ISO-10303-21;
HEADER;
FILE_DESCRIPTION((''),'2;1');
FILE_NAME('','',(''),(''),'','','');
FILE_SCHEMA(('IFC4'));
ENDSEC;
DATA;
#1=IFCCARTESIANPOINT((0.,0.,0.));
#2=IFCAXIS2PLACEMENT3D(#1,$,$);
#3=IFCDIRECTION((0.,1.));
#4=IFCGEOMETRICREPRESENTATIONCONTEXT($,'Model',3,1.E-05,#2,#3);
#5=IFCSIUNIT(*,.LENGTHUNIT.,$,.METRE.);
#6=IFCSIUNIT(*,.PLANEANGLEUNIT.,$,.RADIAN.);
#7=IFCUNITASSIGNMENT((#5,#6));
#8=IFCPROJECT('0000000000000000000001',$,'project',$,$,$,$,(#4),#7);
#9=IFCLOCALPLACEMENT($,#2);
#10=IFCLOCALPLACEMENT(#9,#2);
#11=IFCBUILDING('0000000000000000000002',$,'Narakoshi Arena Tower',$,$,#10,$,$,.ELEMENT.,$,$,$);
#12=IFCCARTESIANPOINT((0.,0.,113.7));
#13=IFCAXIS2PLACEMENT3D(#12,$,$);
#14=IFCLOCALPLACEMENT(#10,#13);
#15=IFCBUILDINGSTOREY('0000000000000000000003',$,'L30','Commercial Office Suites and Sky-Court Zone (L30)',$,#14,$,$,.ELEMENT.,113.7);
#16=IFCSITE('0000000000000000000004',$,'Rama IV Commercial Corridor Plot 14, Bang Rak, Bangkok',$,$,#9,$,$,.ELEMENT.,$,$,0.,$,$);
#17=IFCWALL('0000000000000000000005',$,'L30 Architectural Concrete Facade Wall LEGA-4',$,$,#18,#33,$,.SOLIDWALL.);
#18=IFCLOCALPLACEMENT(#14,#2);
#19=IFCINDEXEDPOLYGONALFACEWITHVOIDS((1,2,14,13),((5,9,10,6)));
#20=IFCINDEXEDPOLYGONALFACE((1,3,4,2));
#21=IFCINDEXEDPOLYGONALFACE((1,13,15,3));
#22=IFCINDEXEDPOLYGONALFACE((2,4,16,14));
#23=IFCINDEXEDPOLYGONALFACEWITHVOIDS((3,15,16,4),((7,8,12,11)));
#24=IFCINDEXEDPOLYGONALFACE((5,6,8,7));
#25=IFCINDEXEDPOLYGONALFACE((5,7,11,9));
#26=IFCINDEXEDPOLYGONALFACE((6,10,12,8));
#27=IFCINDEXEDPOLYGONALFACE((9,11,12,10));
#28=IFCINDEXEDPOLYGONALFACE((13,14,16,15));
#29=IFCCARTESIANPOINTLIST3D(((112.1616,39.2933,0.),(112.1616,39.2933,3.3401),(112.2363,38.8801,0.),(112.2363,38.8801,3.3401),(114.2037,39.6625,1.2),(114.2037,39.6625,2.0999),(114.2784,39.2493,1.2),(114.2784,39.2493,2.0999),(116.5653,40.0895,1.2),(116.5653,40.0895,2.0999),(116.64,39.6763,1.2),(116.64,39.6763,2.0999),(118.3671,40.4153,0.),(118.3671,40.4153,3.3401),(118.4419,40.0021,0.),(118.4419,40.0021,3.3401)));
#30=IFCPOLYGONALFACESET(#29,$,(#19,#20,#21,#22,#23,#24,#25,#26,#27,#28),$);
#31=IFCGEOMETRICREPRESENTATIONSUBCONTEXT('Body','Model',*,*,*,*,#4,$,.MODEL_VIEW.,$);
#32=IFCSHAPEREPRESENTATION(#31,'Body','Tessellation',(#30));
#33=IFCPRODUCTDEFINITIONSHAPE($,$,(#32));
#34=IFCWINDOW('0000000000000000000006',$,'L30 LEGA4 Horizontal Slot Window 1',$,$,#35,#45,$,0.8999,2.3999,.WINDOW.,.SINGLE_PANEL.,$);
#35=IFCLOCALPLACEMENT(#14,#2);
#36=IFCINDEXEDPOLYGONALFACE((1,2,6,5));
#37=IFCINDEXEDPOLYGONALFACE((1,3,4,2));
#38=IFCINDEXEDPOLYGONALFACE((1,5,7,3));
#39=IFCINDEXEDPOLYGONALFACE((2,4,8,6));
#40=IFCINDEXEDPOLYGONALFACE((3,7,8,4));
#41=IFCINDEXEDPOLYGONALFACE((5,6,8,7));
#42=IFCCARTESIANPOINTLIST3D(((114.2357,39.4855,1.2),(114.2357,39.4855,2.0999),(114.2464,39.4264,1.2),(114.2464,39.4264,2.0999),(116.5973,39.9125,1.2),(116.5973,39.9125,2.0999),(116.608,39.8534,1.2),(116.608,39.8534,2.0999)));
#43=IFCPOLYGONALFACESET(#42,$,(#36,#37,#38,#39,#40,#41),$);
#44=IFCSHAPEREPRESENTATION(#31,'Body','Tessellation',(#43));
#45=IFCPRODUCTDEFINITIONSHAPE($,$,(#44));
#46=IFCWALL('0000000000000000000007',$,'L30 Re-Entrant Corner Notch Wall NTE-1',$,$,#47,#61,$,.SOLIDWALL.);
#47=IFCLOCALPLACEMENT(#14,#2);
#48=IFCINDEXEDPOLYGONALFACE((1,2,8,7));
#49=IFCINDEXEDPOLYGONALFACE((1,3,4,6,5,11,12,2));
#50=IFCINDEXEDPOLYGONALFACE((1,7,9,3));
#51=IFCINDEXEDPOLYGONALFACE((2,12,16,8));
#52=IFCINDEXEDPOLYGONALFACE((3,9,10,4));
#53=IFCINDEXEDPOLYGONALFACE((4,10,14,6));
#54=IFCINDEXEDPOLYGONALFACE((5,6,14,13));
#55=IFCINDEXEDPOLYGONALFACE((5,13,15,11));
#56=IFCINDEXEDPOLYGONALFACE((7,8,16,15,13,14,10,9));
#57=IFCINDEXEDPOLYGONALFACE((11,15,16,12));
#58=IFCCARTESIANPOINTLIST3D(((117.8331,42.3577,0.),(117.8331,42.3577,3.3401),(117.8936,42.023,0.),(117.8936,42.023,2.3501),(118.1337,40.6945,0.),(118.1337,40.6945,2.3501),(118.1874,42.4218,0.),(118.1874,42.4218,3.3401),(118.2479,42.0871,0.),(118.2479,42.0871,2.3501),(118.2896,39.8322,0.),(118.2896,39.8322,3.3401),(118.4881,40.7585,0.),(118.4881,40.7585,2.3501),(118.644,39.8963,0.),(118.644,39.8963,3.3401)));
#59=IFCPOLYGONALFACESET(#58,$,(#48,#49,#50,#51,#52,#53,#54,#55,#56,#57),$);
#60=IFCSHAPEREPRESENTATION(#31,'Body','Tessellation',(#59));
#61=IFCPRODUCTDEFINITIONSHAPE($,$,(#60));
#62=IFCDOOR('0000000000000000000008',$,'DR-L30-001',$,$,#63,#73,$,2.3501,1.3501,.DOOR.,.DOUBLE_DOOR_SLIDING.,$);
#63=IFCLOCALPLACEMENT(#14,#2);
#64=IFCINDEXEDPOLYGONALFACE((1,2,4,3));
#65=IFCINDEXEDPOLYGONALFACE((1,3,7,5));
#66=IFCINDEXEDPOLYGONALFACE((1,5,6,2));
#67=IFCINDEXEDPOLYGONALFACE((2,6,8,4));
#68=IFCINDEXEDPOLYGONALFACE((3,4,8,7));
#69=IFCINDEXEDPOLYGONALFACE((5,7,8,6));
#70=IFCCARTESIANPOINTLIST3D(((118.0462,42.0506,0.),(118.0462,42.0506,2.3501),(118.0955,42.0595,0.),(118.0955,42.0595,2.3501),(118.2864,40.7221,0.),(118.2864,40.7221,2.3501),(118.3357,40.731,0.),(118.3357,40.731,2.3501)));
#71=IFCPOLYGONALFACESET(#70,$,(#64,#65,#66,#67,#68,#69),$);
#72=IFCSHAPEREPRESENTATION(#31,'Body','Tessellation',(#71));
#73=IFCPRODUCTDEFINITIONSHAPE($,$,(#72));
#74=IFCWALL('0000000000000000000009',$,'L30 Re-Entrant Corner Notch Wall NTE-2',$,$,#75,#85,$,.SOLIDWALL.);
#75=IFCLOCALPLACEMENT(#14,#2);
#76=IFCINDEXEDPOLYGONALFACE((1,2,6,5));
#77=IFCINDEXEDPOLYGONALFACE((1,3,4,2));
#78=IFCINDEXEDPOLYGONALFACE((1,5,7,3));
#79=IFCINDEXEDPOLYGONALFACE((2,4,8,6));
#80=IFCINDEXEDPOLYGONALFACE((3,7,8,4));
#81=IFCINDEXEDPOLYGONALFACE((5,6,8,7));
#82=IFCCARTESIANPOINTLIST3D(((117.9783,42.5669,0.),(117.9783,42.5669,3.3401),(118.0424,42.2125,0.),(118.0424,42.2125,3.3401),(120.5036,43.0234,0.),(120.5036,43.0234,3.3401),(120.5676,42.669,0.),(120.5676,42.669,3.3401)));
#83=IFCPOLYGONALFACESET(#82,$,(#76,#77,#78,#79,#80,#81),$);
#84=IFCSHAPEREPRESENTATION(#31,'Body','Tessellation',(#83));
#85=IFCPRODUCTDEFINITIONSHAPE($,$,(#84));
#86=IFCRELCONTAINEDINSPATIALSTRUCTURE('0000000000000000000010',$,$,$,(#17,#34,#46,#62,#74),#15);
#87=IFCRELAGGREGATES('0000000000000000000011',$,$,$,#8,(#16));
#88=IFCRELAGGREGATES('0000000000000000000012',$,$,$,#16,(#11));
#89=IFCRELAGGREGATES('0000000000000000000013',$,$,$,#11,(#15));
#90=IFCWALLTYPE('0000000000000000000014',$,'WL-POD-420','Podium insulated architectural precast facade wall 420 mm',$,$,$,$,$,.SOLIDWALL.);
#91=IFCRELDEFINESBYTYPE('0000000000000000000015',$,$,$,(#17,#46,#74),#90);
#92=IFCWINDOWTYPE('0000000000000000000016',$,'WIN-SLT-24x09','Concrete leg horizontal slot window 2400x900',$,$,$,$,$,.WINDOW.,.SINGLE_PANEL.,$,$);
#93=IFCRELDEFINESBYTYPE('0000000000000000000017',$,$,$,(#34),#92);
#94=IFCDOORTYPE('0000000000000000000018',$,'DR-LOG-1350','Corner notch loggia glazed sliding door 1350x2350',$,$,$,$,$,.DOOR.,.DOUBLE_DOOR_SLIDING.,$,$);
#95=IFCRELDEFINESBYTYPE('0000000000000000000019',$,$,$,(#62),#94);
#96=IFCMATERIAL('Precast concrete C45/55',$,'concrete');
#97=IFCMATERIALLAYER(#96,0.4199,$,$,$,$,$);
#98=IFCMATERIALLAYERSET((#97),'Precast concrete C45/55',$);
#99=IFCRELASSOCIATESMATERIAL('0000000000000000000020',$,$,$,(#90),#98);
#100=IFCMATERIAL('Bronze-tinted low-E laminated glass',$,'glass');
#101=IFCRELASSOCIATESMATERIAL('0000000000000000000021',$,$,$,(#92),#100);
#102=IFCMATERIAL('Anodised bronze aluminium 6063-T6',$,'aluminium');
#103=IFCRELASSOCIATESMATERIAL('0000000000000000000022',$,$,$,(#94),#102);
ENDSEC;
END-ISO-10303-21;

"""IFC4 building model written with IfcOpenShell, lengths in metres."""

from ifc_helpers import new_model, si_unit, direction, frame, frame_2d, origin, place, context, subcontext, project, spatial, rectangle, extrude, material, layer, layer_set, type_object, element, fill, save


model = new_model("IFC4")

# Units and contexts
model_context = context("Model", 3, precision=1e-05, world=origin(), true_north=direction((0.0, 1.0)))
body_context = subcontext(model_context, "Body", "Model", "MODEL_VIEW")
ifc_project = project(units=[si_unit("LENGTHUNIT", "METRE"), si_unit("PLANEANGLEUNIT", "RADIAN")], contexts=[model_context])

# Site, building, storey
site_placement = place(None, origin())
site = spatial("IfcSite", under=ifc_project, at=site_placement, Name="Rama IV Commercial Corridor Plot 14, Bang Rak, Bangkok", CompositionType="ELEMENT", RefElevation=0.0)
building_placement = place(site_placement, origin())
building = spatial("IfcBuilding", under=site, at=building_placement, Name="Narakoshi Arena Tower", CompositionType="ELEMENT")
storey_placement = place(building_placement, frame((0.0, 0.0, 113.7)))
storey = spatial("IfcBuildingStorey", under=building, at=storey_placement, Name="L30", Description="Commercial Office Suites and Sky-Court Zone (L30)", CompositionType="ELEMENT", Elevation=113.7)

# Shared definitions
ifc_material_1 = material(Name="Anodised bronze aluminium 6063-T6", Category="aluminium")
ifc_material_2 = material(Name="Bronze-tinted low-E laminated glass", Category="glass")

# Shared definitions
ifc_material_3 = material(Name="Precast concrete C45/55", Category="concrete")

# Wall, opening, window
ifc_layer_1 = layer(ifc_material_3, 0.4199)
ifc_layer_set_1 = layer_set([ifc_layer_1], Name="Precast concrete C45/55")
wall_type_1 = type_object("IfcWallType", Name="WL-POD-420", Description="Podium insulated architectural precast facade wall 420 mm", PredefinedType="SOLIDWALL", material=ifc_layer_set_1)
wall_1_placement = place(storey_placement, frame((112.199, 39.0867, 0.0), z_axis=(0.0, 0.0, 1.0), x_axis=(0.984043, 0.177931, 0.0)))
wall_1 = element("IfcWall", 1, at=wall_1_placement, inside=storey, type_object=wall_type_1, Name="L30 Architectural Concrete Facade Wall LEGA-4", PredefinedType="SOLIDWALL", context=body_context, shape_type="SweptSolid", body=[
    extrude(rectangle(XDim=6.3062, YDim=0.4199, at=frame_2d((3.1531, 0.0))), origin(), (0.0, 0.0, 1.0), 3.3401),
])
opening_1_placement = place(wall_1_placement, frame((2.0752, 0.0, 1.2)))
opening_1 = element("IfcOpeningElement", 2, at=opening_1_placement, cuts=wall_1, PredefinedType="OPENING", context=body_context, shape_type="SweptSolid", body=[
    extrude(rectangle(XDim=2.3999, YDim=0.8999, at=frame_2d((1.2, 0.45))), frame((0.0, 0.22, 0.0), z_axis=(0.0, -1.0, 0.0), x_axis=(1.0, 0.0, 0.0)), (0.0, 0.0, 1.0), 0.4399),
])
window_type = type_object("IfcWindowType", Name="WIN-SLT-24x09", Description="Concrete leg horizontal slot window 2400x900", PartitioningType="SINGLE_PANEL", PredefinedType="WINDOW", material=ifc_material_2)
window_placement = place(opening_1_placement, origin())
window = element("IfcWindow", 3, at=window_placement, inside=storey, type_object=window_type, Name="L30 LEGA4 Horizontal Slot Window 1", OverallHeight=0.8999, OverallWidth=2.3999, PartitioningType="SINGLE_PANEL", PredefinedType="WINDOW", context=body_context, shape_type="SweptSolid", body=[
    extrude(rectangle(XDim=2.3999, YDim=0.8999, at=frame_2d((1.2, 0.45))), frame((0.0, 0.03, 0.0), z_axis=(0.0, -1.0, 0.0), x_axis=(1.0, 0.0, 0.0)), (0.0, 0.0, 1.0), 0.0601),
])
fill(opening_1, window)

# Wall, opening, door
wall_2_placement = place(storey_placement, frame((118.4668, 39.8643, 0.0), z_axis=(0.0, 0.0, 1.0), x_axis=(-0.177897, 0.984049, 0.0)))
wall_2 = element("IfcWall", 4, at=wall_2_placement, inside=storey, type_object=wall_type_1, Name="L30 Re-Entrant Corner Notch Wall NTE-1", PredefinedType="SOLIDWALL", context=body_context, shape_type="SweptSolid", body=[
    extrude(rectangle(XDim=2.5664, YDim=0.3601, at=frame_2d((1.2832, 0.0))), origin(), (0.0, 0.0, 1.0), 3.3401),
])
opening_2_placement = place(wall_2_placement, frame((0.8762, 0.0, 0.0)))
opening_2 = element("IfcOpeningElement", 5, at=opening_2_placement, cuts=wall_2, PredefinedType="OPENING", context=body_context, shape_type="SweptSolid", body=[
    extrude(rectangle(XDim=1.3501, YDim=2.3501, at=frame_2d((0.675, 1.175))), frame((0.0, 0.1899, 0.0), z_axis=(0.0, -1.0, 0.0), x_axis=(1.0, 0.0, 0.0)), (0.0, 0.0, 1.0), 0.3801),
])
door_type = type_object("IfcDoorType", Name="DR-LOG-1350", Description="Corner notch loggia glazed sliding door 1350x2350", OperationType="DOUBLE_DOOR_SLIDING", PredefinedType="DOOR", material=ifc_material_1)
door_placement = place(opening_2_placement, origin())
door = element("IfcDoor", 6, at=door_placement, inside=storey, type_object=door_type, Name="DR-L30-001", OperationType="DOUBLE_DOOR_SLIDING", OverallHeight=2.3501, OverallWidth=1.3501, PredefinedType="DOOR", context=body_context, shape_type="SweptSolid", body=[
    extrude(rectangle(XDim=1.3501, YDim=2.3501, at=frame_2d((0.675, 1.175))), frame((0.0, 0.0249, 0.0), z_axis=(0.0, -1.0, 0.0), x_axis=(1.0, 0.0, 0.0)), (0.0, 0.0, 1.0), 0.05),
])
fill(opening_2, door)

# Wall
wall_3_placement = place(storey_placement, frame((118.0103, 42.3896, 0.0), z_axis=(0.0, 0.0, 1.0), x_axis=(0.984046, 0.177914, 0.0)))
element("IfcWall", 7, at=wall_3_placement, inside=storey, type_object=wall_type_1, Name="L30 Re-Entrant Corner Notch Wall NTE-2", PredefinedType="SOLIDWALL", context=body_context, shape_type="SweptSolid", body=[
    extrude(rectangle(XDim=2.5662, YDim=0.3601, at=frame_2d((1.2832, 0.0))), origin(), (0.0, 0.0, 1.0), 3.3401),
])

save(model, "model.ifc")
